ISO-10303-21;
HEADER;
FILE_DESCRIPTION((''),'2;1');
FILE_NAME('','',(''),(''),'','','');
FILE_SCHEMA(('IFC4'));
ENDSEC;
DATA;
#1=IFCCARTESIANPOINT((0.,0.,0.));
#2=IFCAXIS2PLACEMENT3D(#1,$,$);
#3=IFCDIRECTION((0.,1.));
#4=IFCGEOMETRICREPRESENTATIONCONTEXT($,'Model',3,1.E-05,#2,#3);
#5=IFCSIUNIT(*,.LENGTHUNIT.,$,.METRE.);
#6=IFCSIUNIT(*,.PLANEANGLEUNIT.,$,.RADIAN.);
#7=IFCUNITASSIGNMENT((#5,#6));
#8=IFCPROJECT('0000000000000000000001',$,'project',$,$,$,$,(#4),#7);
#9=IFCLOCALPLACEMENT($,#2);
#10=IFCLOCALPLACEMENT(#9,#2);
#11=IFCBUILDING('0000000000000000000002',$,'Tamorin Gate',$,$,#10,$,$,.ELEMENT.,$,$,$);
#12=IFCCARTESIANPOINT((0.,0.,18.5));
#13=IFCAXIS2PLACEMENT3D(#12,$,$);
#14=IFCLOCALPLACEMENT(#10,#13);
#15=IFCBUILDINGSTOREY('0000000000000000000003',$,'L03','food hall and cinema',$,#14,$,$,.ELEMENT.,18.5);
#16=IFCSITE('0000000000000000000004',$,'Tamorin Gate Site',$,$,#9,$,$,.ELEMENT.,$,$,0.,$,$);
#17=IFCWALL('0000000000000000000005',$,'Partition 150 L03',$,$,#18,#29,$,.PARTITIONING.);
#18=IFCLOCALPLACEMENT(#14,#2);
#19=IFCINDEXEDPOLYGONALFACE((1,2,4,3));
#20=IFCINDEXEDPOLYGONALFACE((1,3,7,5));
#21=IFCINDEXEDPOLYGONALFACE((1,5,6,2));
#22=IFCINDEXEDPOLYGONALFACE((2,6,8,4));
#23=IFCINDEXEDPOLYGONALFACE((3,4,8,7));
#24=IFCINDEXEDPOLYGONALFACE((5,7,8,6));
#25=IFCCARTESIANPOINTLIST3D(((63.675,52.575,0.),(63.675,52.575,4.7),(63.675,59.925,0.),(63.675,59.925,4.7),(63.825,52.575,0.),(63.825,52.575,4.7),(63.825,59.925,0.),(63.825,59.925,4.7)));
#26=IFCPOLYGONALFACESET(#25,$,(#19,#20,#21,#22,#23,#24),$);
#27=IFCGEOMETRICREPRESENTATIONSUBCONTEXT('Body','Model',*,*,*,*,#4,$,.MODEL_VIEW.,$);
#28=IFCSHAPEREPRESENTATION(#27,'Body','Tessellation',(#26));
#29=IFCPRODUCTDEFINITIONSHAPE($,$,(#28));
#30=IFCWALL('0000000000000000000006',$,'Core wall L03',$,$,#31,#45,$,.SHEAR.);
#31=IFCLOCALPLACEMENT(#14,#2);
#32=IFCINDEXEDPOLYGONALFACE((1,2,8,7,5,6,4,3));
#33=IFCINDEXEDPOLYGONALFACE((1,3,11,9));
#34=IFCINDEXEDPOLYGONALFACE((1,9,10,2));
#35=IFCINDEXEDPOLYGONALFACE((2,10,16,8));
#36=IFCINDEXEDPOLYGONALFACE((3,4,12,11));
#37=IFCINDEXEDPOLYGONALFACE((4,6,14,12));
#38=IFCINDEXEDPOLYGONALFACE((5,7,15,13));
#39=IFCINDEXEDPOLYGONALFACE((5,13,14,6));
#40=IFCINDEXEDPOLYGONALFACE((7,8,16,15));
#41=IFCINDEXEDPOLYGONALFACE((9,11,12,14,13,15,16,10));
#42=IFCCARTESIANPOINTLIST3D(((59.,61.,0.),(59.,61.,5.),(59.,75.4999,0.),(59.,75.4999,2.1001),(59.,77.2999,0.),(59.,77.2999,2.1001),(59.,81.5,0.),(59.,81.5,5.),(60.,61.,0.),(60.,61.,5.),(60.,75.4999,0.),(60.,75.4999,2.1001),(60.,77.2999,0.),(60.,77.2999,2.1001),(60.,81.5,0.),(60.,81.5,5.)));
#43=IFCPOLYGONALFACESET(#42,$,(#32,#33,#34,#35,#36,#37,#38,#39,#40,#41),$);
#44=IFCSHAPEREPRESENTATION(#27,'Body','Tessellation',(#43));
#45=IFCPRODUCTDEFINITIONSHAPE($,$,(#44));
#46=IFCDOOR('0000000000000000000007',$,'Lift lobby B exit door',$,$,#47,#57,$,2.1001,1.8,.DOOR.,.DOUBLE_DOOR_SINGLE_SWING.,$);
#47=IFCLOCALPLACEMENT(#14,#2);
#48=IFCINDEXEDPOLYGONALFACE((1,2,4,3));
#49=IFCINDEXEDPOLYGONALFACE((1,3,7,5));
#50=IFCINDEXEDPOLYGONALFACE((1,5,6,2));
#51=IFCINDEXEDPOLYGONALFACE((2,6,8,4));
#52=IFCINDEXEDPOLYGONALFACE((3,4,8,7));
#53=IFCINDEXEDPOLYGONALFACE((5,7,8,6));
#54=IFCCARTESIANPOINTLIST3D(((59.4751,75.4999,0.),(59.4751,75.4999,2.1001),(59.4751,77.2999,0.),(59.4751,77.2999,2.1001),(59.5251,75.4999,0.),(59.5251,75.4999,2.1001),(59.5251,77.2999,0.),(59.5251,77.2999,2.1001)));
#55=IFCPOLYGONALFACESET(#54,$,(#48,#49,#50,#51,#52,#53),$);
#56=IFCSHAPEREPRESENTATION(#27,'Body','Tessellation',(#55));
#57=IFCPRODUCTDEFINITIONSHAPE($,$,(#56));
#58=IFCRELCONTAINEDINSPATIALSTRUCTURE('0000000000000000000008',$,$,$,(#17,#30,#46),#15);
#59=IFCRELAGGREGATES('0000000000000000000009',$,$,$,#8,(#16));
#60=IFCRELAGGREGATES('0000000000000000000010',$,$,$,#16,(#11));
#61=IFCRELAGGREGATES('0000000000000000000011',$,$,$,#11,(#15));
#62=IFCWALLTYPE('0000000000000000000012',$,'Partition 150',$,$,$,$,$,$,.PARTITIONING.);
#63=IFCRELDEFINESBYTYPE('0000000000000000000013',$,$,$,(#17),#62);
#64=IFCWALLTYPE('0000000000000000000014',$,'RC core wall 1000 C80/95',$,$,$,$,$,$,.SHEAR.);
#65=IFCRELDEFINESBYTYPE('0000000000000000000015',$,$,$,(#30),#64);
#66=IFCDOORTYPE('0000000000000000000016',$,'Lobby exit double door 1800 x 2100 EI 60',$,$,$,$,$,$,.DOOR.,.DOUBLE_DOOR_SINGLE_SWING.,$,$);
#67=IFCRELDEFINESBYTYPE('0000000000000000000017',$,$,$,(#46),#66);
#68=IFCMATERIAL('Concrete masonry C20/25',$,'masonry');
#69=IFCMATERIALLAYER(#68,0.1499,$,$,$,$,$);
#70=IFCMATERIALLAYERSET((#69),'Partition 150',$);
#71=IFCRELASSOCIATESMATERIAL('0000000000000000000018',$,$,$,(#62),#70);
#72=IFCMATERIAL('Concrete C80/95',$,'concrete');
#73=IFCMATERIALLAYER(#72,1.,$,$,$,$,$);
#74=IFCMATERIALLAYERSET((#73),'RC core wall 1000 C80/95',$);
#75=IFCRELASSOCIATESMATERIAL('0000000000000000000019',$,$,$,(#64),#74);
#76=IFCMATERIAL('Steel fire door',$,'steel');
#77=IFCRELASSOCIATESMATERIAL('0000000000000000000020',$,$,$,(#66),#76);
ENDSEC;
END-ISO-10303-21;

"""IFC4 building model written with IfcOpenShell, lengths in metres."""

from ifc_helpers import new_model, si_unit, direction, frame, frame_2d, origin, place, context, subcontext, project, spatial, rectangle, extrude, material, layer, layer_set, type_object, element, fill, save


model = new_model("IFC4")

# Units and contexts
model_context = context("Model", 3, precision=1e-05, world=origin(), true_north=direction((0.0, 1.0)))
body_context = subcontext(model_context, "Body", "Model", "MODEL_VIEW")
ifc_project = project(units=[si_unit("LENGTHUNIT", "METRE"), si_unit("PLANEANGLEUNIT", "RADIAN")], contexts=[model_context])

# Site, building, storey
site_placement = place(None, origin())
site = spatial("IfcSite", under=ifc_project, at=site_placement, Name="Tamorin Gate Site", CompositionType="ELEMENT", RefElevation=0.0)
building_placement = place(site_placement, origin())
building = spatial("IfcBuilding", under=site, at=building_placement, Name="Tamorin Gate", CompositionType="ELEMENT")
storey_placement = place(building_placement, frame((0.0, 0.0, 18.5)))
storey = spatial("IfcBuildingStorey", under=building, at=storey_placement, Name="L03", Description="food hall and cinema", CompositionType="ELEMENT", Elevation=18.5)

# Shared definitions
ifc_material_1 = material(Name="Concrete C80/95", Category="concrete")

# Shared definitions
ifc_material_2 = material(Name="Concrete masonry C20/25", Category="masonry")
ifc_layer_1 = layer(ifc_material_2, 0.1499)
ifc_layer_set_1 = layer_set([ifc_layer_1], Name="Partition 150")
wall_type_1 = type_object("IfcWallType", Name="Partition 150", PredefinedType="PARTITIONING", material=ifc_layer_set_1)

# Wall
wall_1_placement = place(storey_placement, frame((63.75, 52.575, 0.0), z_axis=(0.0, 0.0, 1.0), x_axis=(0.0, 1.0, 0.0)))
element("IfcWall", 1, at=wall_1_placement, inside=storey, type_object=wall_type_1, Name="Partition 150 L03", PredefinedType="PARTITIONING", context=body_context, shape_type="SweptSolid", body=[
    extrude(rectangle(XDim=7.3501, YDim=0.1499, at=frame_2d((3.675, 0.0))), origin(), (0.0, 0.0, 1.0), 4.7),
])

# Wall, opening, door
ifc_layer_2 = layer(ifc_material_1, 1.0)
ifc_layer_set_2 = layer_set([ifc_layer_2], Name="RC core wall 1000 C80/95")
wall_type_2 = type_object("IfcWallType", Name="RC core wall 1000 C80/95", PredefinedType="SHEAR", material=ifc_layer_set_2)
wall_2_placement = place(storey_placement, frame((59.5, 61.0, 0.0), z_axis=(0.0, 0.0, 1.0), x_axis=(0.0, 1.0, 0.0)))
wall_2 = element("IfcWall", 2, at=wall_2_placement, inside=storey, type_object=wall_type_2, Name="Core wall L03", PredefinedType="SHEAR", context=body_context, shape_type="SweptSolid", body=[
    extrude(rectangle(XDim=20.5, YDim=1.0, at=frame_2d((10.25, 0.0))), origin(), (0.0, 0.0, 1.0), 5.0),
])
opening_1_placement = place(wall_2_placement, frame((14.5, 0.0, 0.0)))
opening_1 = element("IfcOpeningElement", 3, at=opening_1_placement, cuts=wall_2, PredefinedType="OPENING", context=body_context, shape_type="SweptSolid", body=[
    extrude(rectangle(XDim=1.8, YDim=2.1001, at=frame_2d((0.8999, 1.05))), frame((0.0, 0.51, 0.0), z_axis=(0.0, -1.0, 0.0), x_axis=(1.0, 0.0, 0.0)), (0.0, 0.0, 1.0), 1.02),
])
ifc_material_3 = material(Name="Steel fire door", Category="steel")
door_type_1 = type_object("IfcDoorType", Name="Lobby exit double door 1800 x 2100 EI 60", OperationType="DOUBLE_DOOR_SINGLE_SWING", PredefinedType="DOOR", material=ifc_material_3)
door_1_placement = place(opening_1_placement, origin())
door_1 = element("IfcDoor", 4, at=door_1_placement, inside=storey, type_object=door_type_1, Name="Lift lobby B exit door", OperationType="DOUBLE_DOOR_SINGLE_SWING", OverallHeight=2.1001, OverallWidth=1.8, PredefinedType="DOOR", context=body_context, shape_type="SweptSolid", body=[
    extrude(rectangle(XDim=1.8, YDim=2.1001, at=frame_2d((0.8999, 1.05))), frame((0.0, 0.0249, 0.0), z_axis=(0.0, -1.0, 0.0), x_axis=(1.0, 0.0, 0.0)), (0.0, 0.0, 1.0), 0.05),
])
fill(opening_1, door_1)

save(model, "model.ifc")
